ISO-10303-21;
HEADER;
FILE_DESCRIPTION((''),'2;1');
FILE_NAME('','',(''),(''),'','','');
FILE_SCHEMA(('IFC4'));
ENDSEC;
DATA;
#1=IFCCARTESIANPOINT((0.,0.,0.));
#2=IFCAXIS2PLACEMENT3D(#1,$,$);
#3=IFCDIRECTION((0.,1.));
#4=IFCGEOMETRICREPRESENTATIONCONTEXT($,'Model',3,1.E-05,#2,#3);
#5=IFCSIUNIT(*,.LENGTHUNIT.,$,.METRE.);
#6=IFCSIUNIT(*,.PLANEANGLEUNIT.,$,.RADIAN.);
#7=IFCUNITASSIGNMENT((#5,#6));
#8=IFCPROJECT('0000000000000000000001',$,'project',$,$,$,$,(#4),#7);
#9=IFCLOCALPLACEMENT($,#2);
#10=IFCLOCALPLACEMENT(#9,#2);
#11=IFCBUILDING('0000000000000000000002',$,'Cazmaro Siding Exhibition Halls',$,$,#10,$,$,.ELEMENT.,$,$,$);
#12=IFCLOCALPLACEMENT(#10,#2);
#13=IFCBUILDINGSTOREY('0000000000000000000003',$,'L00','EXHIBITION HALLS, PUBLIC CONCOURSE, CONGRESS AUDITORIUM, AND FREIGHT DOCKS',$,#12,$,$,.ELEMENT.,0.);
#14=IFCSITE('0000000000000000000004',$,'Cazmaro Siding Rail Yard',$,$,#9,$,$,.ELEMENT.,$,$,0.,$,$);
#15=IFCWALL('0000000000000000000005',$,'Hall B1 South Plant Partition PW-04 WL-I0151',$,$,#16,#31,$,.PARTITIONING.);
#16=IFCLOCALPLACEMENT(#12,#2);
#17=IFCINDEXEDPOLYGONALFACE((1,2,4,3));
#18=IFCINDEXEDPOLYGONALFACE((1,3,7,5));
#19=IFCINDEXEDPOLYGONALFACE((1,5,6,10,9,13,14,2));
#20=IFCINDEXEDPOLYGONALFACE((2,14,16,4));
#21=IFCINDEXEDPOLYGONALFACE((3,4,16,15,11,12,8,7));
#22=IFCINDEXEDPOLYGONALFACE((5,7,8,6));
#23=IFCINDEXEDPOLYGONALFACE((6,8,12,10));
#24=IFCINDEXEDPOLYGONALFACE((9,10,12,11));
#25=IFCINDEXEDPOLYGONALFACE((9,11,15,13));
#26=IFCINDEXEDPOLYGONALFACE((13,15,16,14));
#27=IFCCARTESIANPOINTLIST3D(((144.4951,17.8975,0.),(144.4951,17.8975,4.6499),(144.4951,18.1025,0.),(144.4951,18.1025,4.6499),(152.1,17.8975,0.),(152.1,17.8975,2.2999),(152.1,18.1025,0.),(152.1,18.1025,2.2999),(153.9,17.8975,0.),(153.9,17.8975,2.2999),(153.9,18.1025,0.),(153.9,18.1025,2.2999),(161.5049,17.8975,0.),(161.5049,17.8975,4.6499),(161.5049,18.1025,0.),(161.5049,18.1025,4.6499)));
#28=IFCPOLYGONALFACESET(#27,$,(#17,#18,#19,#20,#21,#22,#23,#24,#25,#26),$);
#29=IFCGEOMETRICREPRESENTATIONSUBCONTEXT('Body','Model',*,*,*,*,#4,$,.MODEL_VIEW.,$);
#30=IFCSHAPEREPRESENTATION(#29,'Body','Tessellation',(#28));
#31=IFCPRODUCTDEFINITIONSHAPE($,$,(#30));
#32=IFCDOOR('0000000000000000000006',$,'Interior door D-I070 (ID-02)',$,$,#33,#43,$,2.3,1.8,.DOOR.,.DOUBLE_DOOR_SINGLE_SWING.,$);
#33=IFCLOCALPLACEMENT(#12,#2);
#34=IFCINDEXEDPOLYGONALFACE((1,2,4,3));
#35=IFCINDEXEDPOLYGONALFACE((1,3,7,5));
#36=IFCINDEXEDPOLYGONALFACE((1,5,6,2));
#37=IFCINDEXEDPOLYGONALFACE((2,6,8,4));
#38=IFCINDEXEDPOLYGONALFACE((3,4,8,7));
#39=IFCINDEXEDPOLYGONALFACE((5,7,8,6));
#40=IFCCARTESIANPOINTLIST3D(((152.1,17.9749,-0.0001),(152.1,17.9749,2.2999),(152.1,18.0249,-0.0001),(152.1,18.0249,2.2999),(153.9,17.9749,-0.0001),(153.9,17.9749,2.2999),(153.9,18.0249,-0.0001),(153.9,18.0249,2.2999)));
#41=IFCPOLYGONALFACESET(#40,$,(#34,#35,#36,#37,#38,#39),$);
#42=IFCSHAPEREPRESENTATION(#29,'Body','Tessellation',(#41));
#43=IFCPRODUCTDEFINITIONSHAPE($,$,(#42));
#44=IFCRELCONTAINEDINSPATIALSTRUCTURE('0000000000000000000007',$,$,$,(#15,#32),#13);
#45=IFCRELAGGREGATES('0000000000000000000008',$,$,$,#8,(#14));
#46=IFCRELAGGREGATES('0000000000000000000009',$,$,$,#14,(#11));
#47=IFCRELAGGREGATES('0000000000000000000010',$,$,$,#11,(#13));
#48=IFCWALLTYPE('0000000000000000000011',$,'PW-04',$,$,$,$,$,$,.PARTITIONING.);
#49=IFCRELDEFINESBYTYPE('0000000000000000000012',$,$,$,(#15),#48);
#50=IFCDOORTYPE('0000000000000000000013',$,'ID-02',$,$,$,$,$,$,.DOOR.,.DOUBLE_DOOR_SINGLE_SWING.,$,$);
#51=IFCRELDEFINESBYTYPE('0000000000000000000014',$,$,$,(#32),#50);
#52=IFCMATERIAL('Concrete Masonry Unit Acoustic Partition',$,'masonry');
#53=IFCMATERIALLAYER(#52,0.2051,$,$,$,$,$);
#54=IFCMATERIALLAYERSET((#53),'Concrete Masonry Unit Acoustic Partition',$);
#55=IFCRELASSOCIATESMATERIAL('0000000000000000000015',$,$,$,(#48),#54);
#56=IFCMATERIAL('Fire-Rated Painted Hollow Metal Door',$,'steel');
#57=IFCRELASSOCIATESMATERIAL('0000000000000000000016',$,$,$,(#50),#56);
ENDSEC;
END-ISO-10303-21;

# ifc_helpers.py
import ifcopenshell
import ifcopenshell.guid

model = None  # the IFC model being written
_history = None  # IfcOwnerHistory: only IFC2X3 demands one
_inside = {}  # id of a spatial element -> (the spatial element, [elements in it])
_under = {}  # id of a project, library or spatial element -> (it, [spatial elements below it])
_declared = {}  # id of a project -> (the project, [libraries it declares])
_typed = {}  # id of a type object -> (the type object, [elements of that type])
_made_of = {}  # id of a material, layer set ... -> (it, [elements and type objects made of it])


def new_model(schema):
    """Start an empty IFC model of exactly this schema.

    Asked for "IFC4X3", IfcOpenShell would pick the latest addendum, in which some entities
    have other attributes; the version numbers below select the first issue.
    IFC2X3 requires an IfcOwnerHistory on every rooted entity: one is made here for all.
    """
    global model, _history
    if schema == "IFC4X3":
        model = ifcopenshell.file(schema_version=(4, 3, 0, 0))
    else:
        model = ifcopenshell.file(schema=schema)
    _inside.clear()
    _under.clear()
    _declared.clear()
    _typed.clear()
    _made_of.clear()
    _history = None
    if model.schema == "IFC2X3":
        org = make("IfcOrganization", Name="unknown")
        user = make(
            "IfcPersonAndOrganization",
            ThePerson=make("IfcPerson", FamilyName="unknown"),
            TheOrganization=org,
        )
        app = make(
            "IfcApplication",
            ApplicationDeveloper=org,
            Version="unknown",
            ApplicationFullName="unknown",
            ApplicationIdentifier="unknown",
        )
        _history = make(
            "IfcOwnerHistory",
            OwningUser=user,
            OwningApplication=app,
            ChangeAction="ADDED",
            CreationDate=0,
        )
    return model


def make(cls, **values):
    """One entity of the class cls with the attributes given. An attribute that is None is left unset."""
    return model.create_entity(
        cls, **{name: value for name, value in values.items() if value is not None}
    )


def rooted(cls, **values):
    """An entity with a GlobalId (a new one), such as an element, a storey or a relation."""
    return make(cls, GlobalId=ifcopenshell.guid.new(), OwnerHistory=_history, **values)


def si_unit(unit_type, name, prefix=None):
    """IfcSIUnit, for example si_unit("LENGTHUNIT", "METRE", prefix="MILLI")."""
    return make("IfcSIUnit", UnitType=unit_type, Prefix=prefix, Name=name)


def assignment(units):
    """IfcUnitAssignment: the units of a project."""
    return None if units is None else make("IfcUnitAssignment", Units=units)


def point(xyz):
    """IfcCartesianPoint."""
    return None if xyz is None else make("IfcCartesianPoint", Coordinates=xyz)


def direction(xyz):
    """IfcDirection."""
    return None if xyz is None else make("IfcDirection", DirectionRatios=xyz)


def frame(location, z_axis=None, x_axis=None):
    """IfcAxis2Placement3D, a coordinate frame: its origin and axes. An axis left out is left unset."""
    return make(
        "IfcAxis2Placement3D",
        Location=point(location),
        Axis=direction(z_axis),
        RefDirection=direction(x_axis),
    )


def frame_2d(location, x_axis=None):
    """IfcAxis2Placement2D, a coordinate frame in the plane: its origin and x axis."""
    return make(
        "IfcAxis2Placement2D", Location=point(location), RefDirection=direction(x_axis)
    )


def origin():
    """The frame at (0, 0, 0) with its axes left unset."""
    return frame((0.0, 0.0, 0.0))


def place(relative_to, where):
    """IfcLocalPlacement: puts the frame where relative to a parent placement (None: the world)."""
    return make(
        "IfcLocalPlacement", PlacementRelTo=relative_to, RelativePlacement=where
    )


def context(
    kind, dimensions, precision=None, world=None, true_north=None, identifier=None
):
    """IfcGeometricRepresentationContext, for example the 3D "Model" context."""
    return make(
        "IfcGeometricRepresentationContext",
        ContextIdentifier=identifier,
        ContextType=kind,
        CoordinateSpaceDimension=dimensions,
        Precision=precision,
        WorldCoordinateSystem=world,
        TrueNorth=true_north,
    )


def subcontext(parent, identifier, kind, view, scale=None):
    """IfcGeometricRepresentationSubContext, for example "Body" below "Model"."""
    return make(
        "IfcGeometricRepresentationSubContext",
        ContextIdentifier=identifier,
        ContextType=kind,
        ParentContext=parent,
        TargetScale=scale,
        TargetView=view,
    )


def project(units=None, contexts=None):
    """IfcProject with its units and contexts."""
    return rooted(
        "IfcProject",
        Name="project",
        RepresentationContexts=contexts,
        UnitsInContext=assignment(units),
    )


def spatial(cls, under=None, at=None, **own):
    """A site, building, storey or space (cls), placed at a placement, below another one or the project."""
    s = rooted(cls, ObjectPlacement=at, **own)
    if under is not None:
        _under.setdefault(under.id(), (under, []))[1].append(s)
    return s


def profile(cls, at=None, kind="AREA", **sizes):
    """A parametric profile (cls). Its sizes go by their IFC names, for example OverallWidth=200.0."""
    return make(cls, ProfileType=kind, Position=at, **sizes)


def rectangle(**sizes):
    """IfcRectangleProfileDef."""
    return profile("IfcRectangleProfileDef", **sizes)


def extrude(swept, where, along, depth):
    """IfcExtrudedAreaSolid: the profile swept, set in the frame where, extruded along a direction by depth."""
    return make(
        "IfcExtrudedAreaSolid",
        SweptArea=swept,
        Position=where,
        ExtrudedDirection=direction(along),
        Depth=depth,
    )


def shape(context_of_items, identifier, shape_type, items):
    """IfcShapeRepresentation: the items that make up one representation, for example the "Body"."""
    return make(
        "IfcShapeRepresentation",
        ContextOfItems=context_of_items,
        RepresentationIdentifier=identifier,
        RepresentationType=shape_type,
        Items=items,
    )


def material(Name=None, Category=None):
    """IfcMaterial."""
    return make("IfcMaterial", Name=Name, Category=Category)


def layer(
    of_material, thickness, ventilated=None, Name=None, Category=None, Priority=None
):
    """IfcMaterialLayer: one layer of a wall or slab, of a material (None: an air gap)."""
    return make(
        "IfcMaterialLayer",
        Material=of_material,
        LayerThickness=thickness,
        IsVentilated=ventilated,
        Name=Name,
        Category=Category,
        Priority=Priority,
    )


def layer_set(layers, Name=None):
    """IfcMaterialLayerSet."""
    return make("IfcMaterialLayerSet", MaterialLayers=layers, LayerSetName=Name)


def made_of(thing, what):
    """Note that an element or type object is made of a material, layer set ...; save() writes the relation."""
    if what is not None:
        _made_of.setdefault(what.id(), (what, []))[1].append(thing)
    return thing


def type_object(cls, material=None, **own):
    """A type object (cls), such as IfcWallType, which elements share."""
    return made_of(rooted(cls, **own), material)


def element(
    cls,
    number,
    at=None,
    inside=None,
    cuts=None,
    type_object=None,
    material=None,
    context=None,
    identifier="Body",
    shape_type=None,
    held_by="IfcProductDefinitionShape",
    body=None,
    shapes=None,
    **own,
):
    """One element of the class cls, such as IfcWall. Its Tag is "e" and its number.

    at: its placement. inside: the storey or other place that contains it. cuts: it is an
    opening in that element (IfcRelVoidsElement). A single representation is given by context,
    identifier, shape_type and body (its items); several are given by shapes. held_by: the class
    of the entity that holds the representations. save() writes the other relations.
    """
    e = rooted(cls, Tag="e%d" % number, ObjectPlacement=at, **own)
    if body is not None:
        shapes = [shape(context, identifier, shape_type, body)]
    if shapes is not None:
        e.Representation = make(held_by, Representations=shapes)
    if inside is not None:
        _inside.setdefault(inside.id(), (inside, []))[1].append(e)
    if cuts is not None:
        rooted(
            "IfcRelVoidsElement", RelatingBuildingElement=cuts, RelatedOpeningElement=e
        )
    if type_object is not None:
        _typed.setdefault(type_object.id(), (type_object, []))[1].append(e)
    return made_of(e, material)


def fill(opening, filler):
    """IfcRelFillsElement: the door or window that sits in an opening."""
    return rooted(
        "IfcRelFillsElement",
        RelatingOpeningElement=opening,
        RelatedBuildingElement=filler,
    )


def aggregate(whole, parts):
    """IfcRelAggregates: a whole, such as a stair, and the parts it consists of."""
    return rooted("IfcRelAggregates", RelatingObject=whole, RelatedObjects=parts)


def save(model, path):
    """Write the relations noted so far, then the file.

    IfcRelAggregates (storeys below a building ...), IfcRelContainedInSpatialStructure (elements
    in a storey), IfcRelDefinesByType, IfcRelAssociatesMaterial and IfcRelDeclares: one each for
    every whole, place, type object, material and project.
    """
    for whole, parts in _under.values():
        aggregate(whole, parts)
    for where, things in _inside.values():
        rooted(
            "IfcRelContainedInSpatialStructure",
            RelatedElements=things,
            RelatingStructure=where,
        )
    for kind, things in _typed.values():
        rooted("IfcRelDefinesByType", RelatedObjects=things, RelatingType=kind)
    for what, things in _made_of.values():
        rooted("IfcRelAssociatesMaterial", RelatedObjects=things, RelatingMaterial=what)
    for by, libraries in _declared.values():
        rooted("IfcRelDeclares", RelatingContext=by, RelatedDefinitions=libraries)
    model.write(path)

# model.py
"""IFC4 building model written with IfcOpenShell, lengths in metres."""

from ifc_helpers import new_model, si_unit, direction, frame, frame_2d, origin, place, context, subcontext, project, spatial, rectangle, extrude, material, layer, layer_set, type_object, element, fill, save


model = new_model("IFC4")

# Units and contexts
model_context = context("Model", 3, precision=1e-05, world=origin(), true_north=direction((0.0, 1.0)))
body_context = subcontext(model_context, "Body", "Model", "MODEL_VIEW")
ifc_project = project(units=[si_unit("LENGTHUNIT", "METRE"), si_unit("PLANEANGLEUNIT", "RADIAN")], contexts=[model_context])

# Site, building, storey
site_placement = place(None, origin())
site = spatial("IfcSite", under=ifc_project, at=site_placement, Name="Cazmaro Siding Rail Yard", CompositionType="ELEMENT", RefElevation=0.0)
building_placement = place(site_placement, origin())
building = spatial("IfcBuilding", under=site, at=building_placement, Name="Cazmaro Siding Exhibition Halls", CompositionType="ELEMENT")
storey_placement = place(building_placement, origin())
storey = spatial("IfcBuildingStorey", under=building, at=storey_placement, Name="L00", Description="EXHIBITION HALLS, PUBLIC CONCOURSE, CONGRESS AUDITORIUM, AND FREIGHT DOCKS", CompositionType="ELEMENT", Elevation=0.0)

# Wall, opening, door
ifc_material_1 = material(Name="Concrete Masonry Unit Acoustic Partition", Category="masonry")
ifc_layer_1 = layer(ifc_material_1, 0.2051)
ifc_layer_set_1 = layer_set([ifc_layer_1], Name="Concrete Masonry Unit Acoustic Partition")
wall_type_1 = type_object("IfcWallType", Name="PW-04", PredefinedType="PARTITIONING", material=ifc_layer_set_1)
wall_1_placement = place(storey_placement, frame((144.4951, 18.0, 0.0), z_axis=(0.0, 0.0, 1.0), x_axis=(1.0, 0.0, 0.0)))
wall_1 = element("IfcWall", 1, at=wall_1_placement, inside=storey, type_object=wall_type_1, Name="Hall B1 South Plant Partition PW-04 WL-I0151", PredefinedType="PARTITIONING", context=body_context, shape_type="SweptSolid", body=[
    extrude(rectangle(XDim=17.0098, YDim=0.2051, at=frame_2d((8.5049, 0.0))), origin(), (0.0, 0.0, 1.0), 4.6499),
])
opening_1_placement = place(wall_1_placement, frame((7.605, 0.0, 0.0)))
opening_1 = element("IfcOpeningElement", 2, at=opening_1_placement, cuts=wall_1, PredefinedType="OPENING", context=body_context, shape_type="SweptSolid", body=[
    extrude(rectangle(XDim=1.8, YDim=2.3, at=frame_2d((0.8999, 1.1499))), frame((0.0, 0.1125, 0.0), z_axis=(0.0, -1.0, 0.0), x_axis=(1.0, 0.0, 0.0)), (0.0, 0.0, 1.0), 0.2251),
])
ifc_material_2 = material(Name="Fire-Rated Painted Hollow Metal Door", Category="steel")
door_type = type_object("IfcDoorType", Name="ID-02", OperationType="DOUBLE_DOOR_SINGLE_SWING", PredefinedType="DOOR", material=ifc_material_2)
door_placement = place(opening_1_placement, origin())
door = element("IfcDoor", 3, at=door_placement, inside=storey, type_object=door_type, Name="Interior door D-I070 (ID-02)", OperationType="DOUBLE_DOOR_SINGLE_SWING", OverallHeight=2.3, OverallWidth=1.8, PredefinedType="DOOR", context=body_context, shape_type="SweptSolid", body=[
    extrude(rectangle(XDim=1.8, YDim=2.3, at=frame_2d((0.8999, 1.1499))), frame((0.0, 0.0249, 0.0), z_axis=(0.0, -1.0, 0.0), x_axis=(1.0, 0.0, 0.0)), (0.0, 0.0, 1.0), 0.05),
])
fill(opening_1, door)

save(model, "model.ifc")
